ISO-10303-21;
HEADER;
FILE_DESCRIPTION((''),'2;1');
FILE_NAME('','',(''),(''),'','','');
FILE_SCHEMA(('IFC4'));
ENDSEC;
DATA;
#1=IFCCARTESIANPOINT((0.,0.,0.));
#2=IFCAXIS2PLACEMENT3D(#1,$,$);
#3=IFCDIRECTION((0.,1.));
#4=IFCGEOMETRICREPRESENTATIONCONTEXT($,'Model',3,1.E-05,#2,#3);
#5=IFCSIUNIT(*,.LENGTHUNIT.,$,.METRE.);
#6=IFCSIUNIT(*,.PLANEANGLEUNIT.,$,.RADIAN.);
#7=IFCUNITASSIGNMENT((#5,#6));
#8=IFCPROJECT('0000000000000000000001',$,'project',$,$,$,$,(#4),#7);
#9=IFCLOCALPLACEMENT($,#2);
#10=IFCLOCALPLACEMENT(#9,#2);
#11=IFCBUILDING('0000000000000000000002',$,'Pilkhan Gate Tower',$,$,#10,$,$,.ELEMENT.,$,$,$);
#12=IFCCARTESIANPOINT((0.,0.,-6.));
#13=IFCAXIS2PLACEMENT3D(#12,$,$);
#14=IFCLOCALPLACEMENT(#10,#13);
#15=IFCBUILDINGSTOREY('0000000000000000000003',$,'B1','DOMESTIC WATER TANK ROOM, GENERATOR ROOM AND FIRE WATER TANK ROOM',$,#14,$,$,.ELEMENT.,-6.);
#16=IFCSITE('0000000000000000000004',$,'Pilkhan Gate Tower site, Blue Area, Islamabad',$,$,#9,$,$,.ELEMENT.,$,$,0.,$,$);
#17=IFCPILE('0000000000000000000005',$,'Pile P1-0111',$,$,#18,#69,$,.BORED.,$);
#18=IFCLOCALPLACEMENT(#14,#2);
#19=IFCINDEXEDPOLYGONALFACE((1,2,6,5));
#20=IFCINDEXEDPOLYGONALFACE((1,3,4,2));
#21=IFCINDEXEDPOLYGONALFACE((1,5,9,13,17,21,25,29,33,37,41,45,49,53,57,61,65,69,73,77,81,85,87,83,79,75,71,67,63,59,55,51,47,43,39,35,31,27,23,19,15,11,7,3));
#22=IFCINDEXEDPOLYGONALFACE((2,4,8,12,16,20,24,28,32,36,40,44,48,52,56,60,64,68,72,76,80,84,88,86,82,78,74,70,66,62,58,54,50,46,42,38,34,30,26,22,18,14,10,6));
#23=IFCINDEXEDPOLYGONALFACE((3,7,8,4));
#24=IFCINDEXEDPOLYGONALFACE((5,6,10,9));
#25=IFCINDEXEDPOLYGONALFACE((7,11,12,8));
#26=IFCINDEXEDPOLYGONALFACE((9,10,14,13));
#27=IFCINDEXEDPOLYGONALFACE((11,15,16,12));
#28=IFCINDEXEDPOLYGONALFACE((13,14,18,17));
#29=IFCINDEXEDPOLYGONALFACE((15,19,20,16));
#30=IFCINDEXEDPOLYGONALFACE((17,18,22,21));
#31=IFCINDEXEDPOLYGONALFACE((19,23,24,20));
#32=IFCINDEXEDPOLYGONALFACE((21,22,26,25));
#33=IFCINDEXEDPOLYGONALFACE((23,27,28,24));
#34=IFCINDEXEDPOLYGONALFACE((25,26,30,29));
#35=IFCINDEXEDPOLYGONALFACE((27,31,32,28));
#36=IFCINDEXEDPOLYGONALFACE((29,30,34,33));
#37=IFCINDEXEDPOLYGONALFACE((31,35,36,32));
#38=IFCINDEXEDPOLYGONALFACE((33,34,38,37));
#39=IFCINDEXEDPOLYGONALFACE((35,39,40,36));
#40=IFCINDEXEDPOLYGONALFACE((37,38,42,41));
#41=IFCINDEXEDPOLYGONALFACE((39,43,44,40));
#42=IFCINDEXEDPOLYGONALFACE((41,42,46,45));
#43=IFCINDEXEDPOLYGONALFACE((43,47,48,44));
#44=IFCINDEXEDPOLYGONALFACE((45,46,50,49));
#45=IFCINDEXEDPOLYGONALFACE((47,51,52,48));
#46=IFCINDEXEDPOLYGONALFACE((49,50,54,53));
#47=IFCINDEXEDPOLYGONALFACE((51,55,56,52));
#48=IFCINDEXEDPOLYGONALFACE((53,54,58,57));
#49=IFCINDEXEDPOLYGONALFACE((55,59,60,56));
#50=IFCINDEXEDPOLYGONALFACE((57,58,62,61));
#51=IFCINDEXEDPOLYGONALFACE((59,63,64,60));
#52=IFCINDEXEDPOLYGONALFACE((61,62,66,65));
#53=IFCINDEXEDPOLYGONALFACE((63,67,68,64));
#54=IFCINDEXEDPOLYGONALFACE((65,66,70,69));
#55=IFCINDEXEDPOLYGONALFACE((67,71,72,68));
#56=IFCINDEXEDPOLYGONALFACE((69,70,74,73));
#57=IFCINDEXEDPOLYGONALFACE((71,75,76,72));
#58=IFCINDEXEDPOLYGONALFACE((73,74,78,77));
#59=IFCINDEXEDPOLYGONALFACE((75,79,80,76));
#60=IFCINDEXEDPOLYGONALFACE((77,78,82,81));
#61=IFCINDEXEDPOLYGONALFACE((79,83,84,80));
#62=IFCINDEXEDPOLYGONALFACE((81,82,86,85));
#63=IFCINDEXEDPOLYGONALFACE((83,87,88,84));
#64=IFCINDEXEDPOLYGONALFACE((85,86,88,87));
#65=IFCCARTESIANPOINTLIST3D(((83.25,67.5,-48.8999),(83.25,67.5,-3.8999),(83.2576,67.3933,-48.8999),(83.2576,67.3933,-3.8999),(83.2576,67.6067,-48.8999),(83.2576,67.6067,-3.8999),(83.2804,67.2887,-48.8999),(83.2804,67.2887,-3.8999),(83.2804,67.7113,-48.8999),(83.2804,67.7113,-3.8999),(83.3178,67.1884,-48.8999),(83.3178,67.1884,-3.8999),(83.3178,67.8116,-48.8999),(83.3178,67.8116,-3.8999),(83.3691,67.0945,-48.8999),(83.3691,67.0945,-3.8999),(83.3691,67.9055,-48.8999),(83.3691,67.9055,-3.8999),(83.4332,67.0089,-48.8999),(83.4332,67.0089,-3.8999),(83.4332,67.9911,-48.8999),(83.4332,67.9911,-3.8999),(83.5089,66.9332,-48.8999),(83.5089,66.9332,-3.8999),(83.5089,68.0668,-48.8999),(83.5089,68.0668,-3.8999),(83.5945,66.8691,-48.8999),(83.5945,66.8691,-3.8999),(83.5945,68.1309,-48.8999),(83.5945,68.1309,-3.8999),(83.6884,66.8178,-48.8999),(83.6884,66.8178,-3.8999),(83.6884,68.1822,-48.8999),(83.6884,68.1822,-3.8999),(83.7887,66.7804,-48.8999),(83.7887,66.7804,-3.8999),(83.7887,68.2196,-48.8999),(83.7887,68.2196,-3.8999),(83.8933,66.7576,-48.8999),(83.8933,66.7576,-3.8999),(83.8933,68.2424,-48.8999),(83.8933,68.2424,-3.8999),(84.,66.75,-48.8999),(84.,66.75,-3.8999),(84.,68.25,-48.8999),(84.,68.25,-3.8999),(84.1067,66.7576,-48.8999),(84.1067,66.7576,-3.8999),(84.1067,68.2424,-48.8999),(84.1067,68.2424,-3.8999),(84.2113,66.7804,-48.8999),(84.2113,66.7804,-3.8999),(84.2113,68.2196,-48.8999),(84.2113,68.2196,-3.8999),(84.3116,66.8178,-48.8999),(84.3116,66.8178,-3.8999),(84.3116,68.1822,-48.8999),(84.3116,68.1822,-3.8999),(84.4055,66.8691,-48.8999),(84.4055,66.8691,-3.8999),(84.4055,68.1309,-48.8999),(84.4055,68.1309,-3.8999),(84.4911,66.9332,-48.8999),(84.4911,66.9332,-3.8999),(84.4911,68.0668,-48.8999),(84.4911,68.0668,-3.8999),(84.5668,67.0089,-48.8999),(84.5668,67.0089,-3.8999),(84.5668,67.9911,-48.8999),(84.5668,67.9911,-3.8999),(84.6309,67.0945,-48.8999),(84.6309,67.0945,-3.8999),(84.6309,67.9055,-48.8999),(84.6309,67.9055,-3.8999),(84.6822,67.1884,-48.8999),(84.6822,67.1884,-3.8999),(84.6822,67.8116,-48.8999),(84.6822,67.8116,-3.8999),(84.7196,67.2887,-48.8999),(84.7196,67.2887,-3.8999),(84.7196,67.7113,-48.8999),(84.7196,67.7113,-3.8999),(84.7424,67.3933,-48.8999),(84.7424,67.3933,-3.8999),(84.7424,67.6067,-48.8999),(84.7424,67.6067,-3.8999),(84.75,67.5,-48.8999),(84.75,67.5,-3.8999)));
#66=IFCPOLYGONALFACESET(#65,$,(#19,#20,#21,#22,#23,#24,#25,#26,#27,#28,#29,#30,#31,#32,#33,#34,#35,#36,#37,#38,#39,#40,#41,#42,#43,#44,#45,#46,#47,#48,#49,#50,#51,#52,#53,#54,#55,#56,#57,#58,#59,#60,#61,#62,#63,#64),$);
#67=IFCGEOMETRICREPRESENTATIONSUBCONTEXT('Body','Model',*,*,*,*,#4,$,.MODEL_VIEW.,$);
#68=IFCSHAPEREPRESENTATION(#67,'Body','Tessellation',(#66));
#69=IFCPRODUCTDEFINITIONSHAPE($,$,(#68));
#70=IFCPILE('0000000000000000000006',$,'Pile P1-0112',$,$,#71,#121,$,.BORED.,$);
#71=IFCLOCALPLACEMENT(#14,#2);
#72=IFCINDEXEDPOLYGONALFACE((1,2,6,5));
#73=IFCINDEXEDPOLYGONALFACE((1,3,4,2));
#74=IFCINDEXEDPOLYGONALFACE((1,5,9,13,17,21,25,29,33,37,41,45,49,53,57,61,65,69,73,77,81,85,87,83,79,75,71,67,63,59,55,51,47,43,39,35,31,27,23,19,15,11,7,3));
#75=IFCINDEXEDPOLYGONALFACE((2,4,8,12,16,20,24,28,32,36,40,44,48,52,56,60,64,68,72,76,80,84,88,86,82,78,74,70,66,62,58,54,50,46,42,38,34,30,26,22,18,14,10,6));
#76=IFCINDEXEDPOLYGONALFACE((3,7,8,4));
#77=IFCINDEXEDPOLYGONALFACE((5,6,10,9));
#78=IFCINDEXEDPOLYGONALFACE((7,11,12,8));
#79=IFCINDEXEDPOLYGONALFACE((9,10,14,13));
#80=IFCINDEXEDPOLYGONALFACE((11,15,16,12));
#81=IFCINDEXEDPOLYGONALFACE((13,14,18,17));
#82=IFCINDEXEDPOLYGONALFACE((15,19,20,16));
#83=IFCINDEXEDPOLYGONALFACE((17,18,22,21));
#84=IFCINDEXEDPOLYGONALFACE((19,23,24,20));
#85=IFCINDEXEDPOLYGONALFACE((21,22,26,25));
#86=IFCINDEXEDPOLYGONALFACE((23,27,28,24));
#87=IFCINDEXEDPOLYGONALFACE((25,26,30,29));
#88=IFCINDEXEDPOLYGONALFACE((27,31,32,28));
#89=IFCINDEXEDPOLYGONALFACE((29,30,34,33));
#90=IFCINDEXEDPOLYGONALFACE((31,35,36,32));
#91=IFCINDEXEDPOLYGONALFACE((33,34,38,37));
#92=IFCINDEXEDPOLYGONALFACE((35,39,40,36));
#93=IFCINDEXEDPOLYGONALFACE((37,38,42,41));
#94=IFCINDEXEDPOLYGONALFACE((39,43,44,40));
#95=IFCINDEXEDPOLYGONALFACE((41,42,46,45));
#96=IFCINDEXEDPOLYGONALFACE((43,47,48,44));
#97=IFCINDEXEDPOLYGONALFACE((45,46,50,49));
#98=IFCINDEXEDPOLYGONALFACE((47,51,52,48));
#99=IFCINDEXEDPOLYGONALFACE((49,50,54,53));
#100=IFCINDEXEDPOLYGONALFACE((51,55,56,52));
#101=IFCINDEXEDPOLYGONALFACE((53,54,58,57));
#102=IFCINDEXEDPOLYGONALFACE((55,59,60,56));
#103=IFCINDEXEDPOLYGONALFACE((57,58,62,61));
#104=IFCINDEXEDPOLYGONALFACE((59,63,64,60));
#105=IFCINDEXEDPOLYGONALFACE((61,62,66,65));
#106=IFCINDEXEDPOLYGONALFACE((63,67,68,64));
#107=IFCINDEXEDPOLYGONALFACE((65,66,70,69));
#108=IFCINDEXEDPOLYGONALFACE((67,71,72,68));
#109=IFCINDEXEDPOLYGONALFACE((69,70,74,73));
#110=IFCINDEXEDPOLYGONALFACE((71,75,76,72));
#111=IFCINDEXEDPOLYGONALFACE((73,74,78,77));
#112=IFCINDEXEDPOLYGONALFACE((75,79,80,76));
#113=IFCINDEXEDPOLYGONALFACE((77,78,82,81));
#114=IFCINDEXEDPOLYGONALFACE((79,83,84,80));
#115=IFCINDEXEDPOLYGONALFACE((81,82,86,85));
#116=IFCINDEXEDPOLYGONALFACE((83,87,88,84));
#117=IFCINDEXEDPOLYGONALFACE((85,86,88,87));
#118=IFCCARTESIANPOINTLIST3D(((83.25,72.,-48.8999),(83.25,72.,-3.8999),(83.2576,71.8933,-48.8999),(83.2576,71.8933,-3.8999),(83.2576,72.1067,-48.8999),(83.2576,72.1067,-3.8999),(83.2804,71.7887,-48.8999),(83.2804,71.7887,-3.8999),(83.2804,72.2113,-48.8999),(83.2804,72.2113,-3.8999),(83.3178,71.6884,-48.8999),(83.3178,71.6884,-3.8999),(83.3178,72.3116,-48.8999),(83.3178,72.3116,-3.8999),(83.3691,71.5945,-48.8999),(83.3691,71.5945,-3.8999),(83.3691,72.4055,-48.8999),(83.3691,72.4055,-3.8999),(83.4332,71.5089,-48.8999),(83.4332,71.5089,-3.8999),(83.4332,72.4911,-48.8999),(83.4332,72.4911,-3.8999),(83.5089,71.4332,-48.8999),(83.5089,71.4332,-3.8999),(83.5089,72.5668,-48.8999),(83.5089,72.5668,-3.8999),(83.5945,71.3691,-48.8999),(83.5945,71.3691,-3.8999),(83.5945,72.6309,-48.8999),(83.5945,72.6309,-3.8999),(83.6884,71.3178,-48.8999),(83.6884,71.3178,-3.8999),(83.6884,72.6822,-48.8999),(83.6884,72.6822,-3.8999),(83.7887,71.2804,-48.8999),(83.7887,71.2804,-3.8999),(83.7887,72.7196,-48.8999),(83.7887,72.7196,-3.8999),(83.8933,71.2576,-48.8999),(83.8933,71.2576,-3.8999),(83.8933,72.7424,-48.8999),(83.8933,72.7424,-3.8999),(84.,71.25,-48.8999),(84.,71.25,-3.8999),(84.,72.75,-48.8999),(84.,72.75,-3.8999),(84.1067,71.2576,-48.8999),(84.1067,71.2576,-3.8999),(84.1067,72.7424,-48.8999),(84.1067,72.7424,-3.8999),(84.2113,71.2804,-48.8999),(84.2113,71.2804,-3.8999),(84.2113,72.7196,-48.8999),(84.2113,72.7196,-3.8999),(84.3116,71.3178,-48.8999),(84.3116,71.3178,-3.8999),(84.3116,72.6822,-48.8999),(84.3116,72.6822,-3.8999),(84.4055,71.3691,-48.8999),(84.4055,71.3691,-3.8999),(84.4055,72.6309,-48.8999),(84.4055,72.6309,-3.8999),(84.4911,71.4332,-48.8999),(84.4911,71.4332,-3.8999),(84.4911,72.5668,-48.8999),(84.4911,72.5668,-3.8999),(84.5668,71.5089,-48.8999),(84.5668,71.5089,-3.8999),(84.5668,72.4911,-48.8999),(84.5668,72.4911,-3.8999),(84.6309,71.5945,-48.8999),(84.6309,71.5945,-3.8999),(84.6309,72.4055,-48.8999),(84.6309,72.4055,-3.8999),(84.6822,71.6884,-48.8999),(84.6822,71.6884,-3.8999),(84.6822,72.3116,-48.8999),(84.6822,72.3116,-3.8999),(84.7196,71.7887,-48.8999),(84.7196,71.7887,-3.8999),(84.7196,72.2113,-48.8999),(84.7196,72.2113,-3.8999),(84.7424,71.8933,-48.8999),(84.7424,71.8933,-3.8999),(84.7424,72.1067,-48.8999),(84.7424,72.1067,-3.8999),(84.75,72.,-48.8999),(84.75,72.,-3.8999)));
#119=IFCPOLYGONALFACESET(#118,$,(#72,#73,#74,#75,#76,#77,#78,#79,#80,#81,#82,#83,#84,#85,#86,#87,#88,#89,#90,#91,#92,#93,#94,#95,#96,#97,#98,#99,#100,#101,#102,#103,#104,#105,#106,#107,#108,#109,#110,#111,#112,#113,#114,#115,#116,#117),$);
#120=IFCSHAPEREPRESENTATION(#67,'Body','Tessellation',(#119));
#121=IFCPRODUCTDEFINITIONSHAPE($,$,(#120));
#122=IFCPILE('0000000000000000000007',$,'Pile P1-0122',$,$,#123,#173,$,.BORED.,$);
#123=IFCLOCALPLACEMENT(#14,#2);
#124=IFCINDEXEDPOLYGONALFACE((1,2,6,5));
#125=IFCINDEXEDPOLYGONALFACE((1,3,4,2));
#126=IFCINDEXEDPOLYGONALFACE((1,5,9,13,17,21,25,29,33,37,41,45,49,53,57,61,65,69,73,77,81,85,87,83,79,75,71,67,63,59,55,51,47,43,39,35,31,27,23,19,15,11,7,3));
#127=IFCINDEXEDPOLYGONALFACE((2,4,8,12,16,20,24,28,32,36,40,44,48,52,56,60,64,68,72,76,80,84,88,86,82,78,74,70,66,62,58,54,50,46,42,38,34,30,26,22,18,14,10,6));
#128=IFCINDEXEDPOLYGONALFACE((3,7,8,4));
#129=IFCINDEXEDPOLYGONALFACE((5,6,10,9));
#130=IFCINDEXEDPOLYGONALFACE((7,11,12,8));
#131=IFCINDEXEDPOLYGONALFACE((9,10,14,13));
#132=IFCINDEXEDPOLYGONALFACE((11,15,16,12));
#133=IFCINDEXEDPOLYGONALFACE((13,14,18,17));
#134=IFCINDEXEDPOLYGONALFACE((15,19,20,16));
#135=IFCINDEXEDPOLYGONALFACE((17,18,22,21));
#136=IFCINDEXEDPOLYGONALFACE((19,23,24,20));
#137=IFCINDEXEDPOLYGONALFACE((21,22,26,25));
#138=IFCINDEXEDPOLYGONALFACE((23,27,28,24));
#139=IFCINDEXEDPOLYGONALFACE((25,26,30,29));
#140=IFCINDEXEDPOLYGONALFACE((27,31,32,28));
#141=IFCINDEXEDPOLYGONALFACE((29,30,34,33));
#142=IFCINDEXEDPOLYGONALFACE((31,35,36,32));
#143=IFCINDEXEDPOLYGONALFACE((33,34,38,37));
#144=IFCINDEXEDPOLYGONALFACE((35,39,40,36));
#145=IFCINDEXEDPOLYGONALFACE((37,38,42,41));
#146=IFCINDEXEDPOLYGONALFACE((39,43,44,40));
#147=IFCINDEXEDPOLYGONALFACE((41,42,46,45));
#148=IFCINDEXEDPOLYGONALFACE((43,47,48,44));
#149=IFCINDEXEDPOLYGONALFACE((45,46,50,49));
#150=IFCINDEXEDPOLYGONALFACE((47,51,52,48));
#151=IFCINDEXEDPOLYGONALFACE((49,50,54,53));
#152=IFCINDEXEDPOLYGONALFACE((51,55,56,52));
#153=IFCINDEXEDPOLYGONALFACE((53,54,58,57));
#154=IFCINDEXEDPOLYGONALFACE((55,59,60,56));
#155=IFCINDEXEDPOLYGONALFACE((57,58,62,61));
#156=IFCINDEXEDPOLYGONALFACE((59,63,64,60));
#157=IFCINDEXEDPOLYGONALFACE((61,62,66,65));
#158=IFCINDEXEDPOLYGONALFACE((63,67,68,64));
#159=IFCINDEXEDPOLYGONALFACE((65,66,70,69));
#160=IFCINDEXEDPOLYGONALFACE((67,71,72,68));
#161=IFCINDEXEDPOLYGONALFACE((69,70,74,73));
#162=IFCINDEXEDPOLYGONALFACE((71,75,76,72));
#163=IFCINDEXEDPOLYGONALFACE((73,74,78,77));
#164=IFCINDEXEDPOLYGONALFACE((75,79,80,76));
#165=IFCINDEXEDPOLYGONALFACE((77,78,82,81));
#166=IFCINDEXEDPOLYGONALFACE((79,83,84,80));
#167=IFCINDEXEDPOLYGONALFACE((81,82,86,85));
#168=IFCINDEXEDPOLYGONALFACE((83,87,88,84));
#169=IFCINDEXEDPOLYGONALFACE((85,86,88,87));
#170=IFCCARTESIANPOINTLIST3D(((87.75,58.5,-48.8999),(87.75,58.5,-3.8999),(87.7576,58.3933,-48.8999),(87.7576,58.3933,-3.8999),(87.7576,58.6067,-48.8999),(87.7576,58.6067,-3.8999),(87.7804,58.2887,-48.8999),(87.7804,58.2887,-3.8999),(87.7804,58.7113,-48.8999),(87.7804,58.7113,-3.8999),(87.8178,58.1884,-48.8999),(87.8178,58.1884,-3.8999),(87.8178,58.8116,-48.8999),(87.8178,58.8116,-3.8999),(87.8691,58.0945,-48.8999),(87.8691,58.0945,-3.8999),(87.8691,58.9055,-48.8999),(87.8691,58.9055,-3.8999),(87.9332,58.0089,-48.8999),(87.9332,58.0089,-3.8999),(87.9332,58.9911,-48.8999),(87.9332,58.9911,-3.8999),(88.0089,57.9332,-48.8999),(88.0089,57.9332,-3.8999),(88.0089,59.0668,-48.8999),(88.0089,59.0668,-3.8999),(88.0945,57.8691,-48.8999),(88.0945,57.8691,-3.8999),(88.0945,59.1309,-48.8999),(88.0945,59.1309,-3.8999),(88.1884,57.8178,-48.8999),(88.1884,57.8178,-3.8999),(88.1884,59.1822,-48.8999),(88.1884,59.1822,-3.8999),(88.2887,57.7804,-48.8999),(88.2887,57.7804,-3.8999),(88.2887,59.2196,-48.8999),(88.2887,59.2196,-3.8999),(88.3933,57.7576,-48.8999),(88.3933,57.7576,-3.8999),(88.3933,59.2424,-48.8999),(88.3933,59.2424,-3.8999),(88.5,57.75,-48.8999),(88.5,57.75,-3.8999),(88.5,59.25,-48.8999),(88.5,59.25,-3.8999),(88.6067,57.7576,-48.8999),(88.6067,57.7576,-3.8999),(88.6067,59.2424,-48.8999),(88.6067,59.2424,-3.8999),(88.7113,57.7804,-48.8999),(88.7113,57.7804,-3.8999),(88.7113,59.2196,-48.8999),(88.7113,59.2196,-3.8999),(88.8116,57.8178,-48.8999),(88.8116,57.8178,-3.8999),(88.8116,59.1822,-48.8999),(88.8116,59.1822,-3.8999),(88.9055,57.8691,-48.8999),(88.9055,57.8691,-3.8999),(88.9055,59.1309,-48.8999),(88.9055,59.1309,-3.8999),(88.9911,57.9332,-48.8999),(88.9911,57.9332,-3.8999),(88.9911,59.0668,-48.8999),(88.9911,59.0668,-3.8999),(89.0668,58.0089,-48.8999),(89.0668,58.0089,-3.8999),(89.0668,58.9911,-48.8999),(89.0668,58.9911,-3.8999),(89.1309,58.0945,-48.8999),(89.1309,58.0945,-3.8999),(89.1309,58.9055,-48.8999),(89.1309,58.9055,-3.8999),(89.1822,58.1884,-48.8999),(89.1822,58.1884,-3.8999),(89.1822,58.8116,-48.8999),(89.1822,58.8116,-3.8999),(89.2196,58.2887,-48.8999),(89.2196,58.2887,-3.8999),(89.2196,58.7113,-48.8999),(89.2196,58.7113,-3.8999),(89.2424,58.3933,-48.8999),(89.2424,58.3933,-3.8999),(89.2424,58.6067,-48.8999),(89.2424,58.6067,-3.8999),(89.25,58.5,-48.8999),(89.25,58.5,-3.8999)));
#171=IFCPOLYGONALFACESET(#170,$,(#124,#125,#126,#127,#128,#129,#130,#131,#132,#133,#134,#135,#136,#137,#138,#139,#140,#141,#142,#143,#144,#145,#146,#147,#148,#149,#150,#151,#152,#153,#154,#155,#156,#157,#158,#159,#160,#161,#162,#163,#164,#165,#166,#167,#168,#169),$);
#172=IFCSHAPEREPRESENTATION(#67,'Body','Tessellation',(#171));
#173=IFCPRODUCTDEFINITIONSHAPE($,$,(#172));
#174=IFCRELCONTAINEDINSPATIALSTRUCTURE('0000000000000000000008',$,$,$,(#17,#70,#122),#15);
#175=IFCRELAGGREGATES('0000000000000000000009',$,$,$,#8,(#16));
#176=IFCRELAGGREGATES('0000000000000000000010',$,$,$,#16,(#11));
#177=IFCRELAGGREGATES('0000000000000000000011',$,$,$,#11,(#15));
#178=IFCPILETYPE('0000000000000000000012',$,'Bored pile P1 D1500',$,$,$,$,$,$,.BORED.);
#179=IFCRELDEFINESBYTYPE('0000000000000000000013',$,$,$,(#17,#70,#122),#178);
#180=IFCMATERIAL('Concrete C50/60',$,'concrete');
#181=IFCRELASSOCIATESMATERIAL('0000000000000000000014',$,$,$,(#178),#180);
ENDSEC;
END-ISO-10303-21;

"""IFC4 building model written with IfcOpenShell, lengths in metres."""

from ifc_helpers import new_model, si_unit, direction, frame, origin, origin_2d, place, context, subcontext, project, spatial, circle, extrude, material, material_profile, profile_set, type_object, element, save


model = new_model("IFC4")

# Units and contexts
model_context = context("Model", 3, precision=1e-05, world=origin(), true_north=direction((0.0, 1.0)))
body_context = subcontext(model_context, "Body", "Model", "MODEL_VIEW")
ifc_project = project(units=[si_unit("LENGTHUNIT", "METRE"), si_unit("PLANEANGLEUNIT", "RADIAN")], contexts=[model_context])

# Site, building, storey
site_placement = place(None, origin())
site = spatial("IfcSite", under=ifc_project, at=site_placement, Name="Pilkhan Gate Tower site, Blue Area, Islamabad", CompositionType="ELEMENT", RefElevation=0.0)
building_placement = place(site_placement, origin())
building = spatial("IfcBuilding", under=site, at=building_placement, Name="Pilkhan Gate Tower", CompositionType="ELEMENT")
storey_placement = place(building_placement, frame((0.0, 0.0, -6.0)))
storey = spatial("IfcBuildingStorey", under=building, at=storey_placement, Name="B1", Description="DOMESTIC WATER TANK ROOM, GENERATOR ROOM AND FIRE WATER TANK ROOM", CompositionType="ELEMENT", Elevation=-6.0)

# Piles
ifc_material_1 = material(Name="Concrete C50/60", Category="concrete")
ifc_material_profile_1 = material_profile(ifc_material_1, circle(Radius=0.75, at=origin_2d()), Name="Bored pile 1500 dia")
ifc_profile_set_1 = profile_set([ifc_material_profile_1], Name="Concrete C50/60")
pile_type = type_object("IfcPileType", Name="Bored pile P1 D1500", PredefinedType="BORED", material=ifc_profile_set_1)
for number, where, z_axis, x_axis, name in (
    (1, (84.0, 67.5, -3.8999), (0.0, 0.0, -1.0), (1.0, 0.0, 0.0), "Pile P1-0111"),
    (2, (84.0, 72.0, -3.8999), (0.0, 0.0, -1.0), (1.0, 0.0, 0.0), "Pile P1-0112"),
    (3, (88.5, 58.5, -3.8999), (0.0, 0.0, -1.0), (1.0, 0.0, 0.0), "Pile P1-0122"),
):
    element("IfcPile", number, at=place(storey_placement, frame(where, z_axis=z_axis, x_axis=x_axis)), inside=storey, type_object=pile_type, Name=name, PredefinedType="BORED", context=body_context, shape_type="SweptSolid", body=[
        extrude(circle(Radius=0.75, at=origin_2d()), origin(), (0.0, 0.0, 1.0), 45.0),
    ])

save(model, "model.ifc")
